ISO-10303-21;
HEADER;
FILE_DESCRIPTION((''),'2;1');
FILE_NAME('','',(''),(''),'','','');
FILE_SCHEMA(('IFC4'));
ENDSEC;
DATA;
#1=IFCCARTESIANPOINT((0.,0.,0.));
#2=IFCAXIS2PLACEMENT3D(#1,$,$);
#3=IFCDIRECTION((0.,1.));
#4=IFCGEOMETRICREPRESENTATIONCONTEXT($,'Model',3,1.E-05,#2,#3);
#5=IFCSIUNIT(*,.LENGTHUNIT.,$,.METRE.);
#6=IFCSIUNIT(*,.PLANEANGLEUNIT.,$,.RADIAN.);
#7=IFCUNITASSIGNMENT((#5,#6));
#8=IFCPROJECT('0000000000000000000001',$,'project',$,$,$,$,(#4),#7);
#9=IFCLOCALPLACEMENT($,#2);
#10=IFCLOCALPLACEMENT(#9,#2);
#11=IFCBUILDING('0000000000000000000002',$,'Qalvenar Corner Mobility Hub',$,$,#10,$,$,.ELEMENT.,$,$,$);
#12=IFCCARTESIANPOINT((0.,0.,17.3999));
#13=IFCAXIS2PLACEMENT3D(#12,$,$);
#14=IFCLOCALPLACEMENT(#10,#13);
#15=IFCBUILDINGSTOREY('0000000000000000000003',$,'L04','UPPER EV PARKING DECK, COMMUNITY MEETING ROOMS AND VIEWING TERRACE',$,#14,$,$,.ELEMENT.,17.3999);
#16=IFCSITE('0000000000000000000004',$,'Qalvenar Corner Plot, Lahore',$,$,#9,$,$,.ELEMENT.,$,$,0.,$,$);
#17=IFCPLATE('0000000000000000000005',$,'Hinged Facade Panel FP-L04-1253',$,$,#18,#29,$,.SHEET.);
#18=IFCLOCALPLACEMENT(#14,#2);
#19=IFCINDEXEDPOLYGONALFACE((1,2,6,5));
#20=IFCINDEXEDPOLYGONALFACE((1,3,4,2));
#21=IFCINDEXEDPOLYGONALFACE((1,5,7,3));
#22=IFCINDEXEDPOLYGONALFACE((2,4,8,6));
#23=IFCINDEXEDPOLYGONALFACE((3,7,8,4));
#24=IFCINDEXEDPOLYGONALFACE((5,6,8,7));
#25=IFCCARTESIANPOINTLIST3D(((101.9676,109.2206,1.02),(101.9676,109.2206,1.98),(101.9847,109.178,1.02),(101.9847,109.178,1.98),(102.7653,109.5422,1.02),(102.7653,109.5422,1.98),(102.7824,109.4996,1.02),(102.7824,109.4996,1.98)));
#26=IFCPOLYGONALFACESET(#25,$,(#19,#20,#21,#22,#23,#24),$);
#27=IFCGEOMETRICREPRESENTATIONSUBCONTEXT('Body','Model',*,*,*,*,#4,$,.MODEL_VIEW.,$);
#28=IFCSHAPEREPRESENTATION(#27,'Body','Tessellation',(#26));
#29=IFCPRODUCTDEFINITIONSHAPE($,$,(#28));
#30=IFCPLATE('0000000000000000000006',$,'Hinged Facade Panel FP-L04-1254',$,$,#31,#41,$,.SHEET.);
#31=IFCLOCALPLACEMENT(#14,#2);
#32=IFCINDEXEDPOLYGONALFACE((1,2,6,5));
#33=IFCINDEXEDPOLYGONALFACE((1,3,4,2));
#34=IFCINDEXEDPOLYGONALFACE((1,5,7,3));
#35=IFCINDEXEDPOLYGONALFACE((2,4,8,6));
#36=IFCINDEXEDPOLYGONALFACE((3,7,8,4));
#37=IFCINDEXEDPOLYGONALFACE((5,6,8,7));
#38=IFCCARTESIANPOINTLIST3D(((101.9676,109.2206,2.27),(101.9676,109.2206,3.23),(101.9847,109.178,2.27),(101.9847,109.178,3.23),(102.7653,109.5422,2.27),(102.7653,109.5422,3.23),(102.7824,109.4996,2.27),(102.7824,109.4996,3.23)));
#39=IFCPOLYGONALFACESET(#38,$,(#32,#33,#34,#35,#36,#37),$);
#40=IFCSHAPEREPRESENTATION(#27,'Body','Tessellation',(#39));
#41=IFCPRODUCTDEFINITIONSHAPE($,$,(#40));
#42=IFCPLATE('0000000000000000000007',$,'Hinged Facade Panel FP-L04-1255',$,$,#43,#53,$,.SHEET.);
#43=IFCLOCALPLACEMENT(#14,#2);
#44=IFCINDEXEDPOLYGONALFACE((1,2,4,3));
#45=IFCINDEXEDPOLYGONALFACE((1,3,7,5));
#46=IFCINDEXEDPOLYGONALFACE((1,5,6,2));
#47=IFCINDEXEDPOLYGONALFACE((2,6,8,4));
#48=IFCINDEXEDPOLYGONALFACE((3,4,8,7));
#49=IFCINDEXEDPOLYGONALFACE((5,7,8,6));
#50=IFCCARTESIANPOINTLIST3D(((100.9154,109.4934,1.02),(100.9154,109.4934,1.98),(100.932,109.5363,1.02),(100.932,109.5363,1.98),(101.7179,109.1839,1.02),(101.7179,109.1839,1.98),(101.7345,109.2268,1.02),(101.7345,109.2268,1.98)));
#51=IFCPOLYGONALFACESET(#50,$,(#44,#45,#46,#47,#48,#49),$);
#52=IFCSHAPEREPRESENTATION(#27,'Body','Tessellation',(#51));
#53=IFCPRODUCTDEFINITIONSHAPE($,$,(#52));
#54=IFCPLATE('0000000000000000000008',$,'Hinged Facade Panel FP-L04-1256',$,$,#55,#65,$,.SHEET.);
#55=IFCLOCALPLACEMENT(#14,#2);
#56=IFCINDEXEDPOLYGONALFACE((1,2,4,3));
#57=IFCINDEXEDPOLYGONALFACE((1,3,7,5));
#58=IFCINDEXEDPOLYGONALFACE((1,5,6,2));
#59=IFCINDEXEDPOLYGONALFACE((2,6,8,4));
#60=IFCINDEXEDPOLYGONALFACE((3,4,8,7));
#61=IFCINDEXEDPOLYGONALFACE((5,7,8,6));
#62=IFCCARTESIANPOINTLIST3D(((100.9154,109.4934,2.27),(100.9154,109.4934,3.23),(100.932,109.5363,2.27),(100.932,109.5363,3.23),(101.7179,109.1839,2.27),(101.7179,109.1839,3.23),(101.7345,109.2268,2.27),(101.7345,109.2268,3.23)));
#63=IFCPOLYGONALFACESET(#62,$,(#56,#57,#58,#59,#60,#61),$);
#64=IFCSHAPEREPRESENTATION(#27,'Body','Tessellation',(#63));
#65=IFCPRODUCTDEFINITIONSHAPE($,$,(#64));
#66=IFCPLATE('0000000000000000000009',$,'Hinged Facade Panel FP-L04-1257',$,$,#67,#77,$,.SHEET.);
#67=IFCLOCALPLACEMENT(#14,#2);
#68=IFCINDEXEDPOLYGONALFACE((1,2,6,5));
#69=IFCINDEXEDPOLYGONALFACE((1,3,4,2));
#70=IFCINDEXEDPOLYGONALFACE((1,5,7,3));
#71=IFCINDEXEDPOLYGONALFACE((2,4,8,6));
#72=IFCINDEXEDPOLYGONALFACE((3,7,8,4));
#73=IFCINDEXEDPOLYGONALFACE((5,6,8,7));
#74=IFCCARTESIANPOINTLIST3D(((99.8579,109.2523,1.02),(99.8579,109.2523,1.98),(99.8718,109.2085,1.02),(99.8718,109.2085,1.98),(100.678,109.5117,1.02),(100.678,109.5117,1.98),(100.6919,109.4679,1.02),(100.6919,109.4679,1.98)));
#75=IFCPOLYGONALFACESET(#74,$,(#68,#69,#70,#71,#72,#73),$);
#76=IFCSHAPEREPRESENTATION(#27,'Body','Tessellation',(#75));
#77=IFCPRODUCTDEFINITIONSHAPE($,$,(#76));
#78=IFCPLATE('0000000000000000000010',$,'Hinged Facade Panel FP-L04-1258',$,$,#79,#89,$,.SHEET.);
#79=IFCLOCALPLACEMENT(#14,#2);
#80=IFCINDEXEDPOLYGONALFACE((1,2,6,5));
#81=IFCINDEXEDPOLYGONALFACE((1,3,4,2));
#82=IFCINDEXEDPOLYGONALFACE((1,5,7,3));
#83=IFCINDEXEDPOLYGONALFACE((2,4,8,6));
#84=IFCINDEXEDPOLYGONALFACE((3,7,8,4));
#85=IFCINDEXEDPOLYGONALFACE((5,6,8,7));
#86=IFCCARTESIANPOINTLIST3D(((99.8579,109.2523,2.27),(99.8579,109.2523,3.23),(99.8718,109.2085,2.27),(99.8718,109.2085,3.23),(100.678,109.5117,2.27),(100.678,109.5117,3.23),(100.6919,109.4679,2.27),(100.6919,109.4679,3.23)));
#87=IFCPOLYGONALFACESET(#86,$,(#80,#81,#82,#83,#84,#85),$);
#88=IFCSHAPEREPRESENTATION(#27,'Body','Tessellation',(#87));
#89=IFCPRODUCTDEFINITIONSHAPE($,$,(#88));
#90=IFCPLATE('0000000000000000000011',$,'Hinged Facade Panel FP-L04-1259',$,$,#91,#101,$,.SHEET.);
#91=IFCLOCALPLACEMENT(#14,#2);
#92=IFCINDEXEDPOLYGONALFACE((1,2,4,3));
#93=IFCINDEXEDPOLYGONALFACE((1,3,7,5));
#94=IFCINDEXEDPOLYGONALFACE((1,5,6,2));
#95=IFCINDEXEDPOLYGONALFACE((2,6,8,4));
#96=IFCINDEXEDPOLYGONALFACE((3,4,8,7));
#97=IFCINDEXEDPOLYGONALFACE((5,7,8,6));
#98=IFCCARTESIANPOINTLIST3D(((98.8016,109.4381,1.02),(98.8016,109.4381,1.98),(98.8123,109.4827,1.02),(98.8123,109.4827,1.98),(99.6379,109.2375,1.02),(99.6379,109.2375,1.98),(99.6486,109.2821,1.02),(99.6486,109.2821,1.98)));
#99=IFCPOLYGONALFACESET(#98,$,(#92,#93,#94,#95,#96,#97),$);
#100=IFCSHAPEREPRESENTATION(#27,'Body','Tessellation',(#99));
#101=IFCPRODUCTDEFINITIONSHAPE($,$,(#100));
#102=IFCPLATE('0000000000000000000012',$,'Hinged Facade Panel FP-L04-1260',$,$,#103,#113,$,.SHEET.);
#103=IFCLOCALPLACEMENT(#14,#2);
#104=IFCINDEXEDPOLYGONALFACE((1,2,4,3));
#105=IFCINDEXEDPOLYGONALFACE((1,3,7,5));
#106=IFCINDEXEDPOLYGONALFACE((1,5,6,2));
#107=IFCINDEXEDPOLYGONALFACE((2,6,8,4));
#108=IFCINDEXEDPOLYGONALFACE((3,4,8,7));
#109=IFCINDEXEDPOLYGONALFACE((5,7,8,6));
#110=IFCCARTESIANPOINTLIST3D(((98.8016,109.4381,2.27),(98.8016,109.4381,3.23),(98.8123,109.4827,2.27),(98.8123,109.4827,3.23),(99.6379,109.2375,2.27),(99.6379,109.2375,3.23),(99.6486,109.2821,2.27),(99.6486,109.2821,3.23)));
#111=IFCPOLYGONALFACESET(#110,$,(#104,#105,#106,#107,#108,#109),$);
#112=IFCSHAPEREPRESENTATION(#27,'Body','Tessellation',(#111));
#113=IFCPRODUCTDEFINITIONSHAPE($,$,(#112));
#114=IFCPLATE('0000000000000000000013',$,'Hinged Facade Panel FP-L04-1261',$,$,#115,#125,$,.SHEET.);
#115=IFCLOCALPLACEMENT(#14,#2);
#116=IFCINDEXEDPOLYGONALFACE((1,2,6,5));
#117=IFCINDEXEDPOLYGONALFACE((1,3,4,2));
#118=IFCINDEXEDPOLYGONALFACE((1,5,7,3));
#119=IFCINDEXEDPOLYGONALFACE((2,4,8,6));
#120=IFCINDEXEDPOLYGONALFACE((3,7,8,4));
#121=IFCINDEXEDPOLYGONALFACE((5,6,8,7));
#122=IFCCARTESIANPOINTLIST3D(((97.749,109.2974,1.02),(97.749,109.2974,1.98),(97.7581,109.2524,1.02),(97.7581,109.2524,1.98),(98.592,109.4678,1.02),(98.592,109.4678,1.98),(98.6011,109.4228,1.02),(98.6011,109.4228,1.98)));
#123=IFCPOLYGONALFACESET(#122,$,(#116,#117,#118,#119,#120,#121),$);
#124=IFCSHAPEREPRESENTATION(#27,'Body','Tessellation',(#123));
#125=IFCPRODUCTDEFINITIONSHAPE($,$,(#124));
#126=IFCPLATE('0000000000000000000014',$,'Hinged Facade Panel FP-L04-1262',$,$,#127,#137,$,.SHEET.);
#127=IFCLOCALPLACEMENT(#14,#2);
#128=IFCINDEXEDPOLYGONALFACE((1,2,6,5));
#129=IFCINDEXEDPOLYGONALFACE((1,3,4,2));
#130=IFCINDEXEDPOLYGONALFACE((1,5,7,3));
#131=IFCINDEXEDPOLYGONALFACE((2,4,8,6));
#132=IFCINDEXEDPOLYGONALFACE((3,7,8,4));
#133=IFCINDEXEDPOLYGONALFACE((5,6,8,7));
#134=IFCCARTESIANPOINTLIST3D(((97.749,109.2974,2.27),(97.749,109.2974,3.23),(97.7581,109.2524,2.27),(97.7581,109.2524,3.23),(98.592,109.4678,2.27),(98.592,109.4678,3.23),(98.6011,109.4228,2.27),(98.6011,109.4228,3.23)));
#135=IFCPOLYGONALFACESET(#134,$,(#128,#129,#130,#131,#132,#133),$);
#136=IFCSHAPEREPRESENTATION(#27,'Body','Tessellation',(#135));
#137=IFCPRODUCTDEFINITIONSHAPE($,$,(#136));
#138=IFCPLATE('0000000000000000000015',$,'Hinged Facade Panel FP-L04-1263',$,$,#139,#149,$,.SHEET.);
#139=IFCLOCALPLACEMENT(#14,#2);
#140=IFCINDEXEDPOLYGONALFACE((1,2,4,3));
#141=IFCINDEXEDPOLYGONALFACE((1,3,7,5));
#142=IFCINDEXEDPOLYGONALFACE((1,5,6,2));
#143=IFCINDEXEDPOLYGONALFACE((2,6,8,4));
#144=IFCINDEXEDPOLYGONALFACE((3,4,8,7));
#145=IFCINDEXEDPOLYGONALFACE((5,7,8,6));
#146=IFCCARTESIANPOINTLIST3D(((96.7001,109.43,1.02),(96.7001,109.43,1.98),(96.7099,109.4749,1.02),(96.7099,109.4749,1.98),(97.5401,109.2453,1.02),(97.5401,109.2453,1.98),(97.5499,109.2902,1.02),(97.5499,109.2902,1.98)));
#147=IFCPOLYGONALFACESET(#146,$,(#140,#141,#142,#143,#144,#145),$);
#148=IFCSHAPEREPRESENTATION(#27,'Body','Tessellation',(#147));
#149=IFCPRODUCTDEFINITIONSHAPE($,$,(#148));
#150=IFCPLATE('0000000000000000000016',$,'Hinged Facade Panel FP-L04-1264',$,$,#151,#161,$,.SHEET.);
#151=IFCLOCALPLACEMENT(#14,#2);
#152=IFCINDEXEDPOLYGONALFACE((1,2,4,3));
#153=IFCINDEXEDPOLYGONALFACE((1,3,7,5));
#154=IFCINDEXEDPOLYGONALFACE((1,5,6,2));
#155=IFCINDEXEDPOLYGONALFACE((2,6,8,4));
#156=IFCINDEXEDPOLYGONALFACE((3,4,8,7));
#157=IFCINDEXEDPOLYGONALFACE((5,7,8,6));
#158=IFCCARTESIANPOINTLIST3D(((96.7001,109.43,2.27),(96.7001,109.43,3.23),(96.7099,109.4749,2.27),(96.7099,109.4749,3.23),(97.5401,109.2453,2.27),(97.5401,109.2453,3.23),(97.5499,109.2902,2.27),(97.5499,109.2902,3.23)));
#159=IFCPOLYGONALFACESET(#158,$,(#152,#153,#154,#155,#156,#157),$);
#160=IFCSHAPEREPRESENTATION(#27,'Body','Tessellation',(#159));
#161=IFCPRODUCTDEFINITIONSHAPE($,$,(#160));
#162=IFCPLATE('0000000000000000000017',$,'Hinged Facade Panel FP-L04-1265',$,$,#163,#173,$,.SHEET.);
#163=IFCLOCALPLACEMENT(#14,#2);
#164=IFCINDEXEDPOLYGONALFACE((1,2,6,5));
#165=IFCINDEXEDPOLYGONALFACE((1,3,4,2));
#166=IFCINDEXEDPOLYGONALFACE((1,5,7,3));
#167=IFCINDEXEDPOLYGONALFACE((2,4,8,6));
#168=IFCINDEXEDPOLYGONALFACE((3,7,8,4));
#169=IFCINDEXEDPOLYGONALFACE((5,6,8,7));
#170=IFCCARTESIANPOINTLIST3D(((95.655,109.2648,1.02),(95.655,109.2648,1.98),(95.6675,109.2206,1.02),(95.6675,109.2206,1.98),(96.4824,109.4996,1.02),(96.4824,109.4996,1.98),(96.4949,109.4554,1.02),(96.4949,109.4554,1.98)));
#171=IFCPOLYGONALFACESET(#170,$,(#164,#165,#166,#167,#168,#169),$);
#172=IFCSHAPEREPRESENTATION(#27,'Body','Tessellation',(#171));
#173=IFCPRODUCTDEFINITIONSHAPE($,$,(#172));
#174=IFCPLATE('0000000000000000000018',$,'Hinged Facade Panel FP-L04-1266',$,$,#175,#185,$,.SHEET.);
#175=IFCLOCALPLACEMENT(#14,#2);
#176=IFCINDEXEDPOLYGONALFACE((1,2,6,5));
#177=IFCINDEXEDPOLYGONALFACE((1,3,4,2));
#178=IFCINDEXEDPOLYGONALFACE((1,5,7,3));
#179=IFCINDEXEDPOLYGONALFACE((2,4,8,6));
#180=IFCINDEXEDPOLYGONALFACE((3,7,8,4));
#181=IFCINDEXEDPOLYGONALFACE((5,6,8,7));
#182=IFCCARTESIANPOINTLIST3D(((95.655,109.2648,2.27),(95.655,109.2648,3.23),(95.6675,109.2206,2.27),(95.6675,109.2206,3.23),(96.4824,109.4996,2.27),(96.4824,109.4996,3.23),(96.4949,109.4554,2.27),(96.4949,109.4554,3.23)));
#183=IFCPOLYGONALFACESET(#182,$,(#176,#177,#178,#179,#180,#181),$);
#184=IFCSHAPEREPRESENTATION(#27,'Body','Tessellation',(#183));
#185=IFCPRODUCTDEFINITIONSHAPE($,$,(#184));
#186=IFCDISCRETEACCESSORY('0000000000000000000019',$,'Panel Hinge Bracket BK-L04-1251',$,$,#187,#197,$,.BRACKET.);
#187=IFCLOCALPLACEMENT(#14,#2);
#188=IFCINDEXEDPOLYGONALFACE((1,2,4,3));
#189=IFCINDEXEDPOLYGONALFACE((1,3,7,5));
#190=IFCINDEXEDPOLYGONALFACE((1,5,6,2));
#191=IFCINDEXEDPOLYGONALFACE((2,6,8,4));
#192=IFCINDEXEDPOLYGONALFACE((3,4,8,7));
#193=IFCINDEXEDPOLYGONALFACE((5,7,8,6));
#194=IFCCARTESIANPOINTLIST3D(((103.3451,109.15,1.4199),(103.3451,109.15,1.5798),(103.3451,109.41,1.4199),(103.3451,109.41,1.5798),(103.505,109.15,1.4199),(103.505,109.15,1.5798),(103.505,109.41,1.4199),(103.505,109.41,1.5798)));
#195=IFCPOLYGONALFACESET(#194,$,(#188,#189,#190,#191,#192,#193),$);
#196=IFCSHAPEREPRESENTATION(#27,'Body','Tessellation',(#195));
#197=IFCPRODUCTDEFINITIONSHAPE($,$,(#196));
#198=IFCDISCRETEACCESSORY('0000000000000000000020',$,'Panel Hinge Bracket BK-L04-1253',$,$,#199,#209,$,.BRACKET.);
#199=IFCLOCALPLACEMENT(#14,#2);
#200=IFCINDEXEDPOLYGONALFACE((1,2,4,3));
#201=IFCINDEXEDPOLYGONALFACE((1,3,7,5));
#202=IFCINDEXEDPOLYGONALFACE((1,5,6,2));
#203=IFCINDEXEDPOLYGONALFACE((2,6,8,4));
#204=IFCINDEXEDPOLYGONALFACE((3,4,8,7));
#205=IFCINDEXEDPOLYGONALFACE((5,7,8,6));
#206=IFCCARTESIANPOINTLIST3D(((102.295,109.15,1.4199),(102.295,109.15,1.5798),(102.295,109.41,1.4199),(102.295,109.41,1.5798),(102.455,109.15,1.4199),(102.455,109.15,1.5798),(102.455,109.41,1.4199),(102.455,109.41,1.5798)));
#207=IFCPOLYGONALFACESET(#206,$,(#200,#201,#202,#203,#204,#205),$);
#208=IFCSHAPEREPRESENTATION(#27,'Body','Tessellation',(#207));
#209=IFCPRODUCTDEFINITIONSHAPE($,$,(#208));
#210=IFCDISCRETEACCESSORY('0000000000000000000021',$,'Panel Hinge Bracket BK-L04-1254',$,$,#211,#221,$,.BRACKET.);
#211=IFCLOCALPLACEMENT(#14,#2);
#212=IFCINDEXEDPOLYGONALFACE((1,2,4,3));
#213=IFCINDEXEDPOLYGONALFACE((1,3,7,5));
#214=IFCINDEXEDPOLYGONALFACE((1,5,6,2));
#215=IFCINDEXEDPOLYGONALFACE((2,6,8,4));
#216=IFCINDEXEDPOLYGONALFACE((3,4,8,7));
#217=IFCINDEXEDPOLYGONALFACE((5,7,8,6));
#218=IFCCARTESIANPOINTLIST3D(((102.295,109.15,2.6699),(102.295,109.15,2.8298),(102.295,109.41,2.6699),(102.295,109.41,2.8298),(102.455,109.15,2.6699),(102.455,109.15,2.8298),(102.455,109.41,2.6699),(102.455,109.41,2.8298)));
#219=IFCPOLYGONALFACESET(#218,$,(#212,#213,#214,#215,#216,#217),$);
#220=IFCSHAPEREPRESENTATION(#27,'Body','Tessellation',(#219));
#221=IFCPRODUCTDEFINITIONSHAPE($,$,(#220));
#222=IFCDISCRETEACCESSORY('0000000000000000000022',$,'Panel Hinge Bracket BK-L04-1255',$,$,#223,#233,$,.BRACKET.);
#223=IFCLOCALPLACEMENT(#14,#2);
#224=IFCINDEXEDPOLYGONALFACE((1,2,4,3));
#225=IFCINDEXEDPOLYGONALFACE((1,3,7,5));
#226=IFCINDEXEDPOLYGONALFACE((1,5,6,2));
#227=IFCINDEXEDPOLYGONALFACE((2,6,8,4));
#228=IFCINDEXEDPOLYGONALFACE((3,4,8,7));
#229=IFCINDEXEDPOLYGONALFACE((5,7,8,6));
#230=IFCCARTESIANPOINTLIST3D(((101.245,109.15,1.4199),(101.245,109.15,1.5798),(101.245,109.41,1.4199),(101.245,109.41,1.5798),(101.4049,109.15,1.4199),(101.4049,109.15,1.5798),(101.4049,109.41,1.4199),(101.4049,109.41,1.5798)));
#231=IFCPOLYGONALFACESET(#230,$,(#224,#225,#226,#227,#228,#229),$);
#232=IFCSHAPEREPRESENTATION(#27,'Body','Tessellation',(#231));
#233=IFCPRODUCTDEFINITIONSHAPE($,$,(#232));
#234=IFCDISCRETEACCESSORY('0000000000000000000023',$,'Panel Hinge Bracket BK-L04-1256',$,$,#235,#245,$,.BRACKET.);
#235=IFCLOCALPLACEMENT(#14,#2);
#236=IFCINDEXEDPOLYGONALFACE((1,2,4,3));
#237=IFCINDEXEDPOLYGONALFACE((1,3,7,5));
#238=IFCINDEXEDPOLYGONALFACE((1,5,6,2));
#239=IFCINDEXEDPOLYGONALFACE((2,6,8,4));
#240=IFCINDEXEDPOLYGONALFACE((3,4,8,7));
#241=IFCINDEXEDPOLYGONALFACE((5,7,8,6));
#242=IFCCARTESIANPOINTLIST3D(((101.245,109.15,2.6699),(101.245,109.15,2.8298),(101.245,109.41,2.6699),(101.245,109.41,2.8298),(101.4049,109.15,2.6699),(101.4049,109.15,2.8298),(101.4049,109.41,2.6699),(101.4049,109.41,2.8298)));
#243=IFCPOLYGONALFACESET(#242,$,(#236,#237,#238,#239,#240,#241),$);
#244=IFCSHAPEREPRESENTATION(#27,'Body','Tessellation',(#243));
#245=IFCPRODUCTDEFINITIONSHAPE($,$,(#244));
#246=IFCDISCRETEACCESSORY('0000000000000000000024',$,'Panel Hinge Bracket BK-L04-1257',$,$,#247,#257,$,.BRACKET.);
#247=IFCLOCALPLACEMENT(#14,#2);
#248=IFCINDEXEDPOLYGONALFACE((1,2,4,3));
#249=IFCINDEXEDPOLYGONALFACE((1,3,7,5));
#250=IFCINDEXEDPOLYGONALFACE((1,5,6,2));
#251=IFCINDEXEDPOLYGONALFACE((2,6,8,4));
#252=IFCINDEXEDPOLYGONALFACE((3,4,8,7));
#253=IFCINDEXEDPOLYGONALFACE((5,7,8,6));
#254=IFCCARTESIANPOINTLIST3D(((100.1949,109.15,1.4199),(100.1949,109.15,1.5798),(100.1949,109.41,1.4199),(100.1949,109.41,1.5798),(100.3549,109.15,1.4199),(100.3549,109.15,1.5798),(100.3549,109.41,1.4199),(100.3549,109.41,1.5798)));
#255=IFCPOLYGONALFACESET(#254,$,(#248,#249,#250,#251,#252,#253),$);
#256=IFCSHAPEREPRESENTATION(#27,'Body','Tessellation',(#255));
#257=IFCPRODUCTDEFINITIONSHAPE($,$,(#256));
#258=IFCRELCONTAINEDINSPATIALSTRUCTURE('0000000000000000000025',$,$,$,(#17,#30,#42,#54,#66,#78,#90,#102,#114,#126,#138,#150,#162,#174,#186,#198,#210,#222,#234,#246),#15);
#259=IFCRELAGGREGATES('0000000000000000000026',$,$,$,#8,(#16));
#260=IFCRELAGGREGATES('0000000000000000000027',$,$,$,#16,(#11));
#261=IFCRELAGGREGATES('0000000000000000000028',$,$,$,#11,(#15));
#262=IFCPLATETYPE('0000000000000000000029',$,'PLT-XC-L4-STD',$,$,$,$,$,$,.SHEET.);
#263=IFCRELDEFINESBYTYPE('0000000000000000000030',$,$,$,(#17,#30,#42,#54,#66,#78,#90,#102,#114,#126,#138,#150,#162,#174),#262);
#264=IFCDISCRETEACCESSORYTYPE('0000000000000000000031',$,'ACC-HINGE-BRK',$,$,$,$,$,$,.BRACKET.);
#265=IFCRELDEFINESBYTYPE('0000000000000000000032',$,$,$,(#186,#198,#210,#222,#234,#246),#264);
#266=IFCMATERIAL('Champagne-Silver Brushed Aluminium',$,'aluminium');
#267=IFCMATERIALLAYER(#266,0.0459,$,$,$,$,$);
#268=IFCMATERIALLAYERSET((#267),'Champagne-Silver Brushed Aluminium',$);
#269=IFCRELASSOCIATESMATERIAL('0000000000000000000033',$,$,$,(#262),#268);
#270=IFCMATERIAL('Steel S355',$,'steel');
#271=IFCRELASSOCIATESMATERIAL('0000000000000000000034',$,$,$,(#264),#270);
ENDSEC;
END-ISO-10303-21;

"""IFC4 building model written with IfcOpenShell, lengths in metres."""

from ifc_helpers import new_model, si_unit, direction, frame, origin, origin_2d, place, context, subcontext, project, spatial, rectangle, extrude, material, layer, layer_set, type_object, element, save


model = new_model("IFC4")

# Units and contexts
model_context = context("Model", 3, precision=1e-05, world=origin(), true_north=direction((0.0, 1.0)))
body_context = subcontext(model_context, "Body", "Model", "MODEL_VIEW")
ifc_project = project(units=[si_unit("LENGTHUNIT", "METRE"), si_unit("PLANEANGLEUNIT", "RADIAN")], contexts=[model_context])

# Site, building, storey
site_placement = place(None, origin())
site = spatial("IfcSite", under=ifc_project, at=site_placement, Name="Qalvenar Corner Plot, Lahore", CompositionType="ELEMENT", RefElevation=0.0)
building_placement = place(site_placement, origin())
building = spatial("IfcBuilding", under=site, at=building_placement, Name="Qalvenar Corner Mobility Hub", CompositionType="ELEMENT")
storey_placement = place(building_placement, frame((0.0, 0.0, 17.3999)))
storey = spatial("IfcBuildingStorey", under=building, at=storey_placement, Name="L04", Description="UPPER EV PARKING DECK, COMMUNITY MEETING ROOMS AND VIEWING TERRACE", CompositionType="ELEMENT", Elevation=17.3999)

# Plates
ifc_material_1 = material(Name="Champagne-Silver Brushed Aluminium", Category="aluminium")
ifc_layer = layer(ifc_material_1, 0.0459)
ifc_layer_set = layer_set([ifc_layer], Name="Champagne-Silver Brushed Aluminium")
plate_type = type_object("IfcPlateType", Name="PLT-XC-L4-STD", PredefinedType="SHEET", material=ifc_layer_set)
for number, where, z_axis, x_axis, name in (
    (1, (102.375, 109.3601, 1.02), (0.0, 0.0, 1.0), (-0.927445, -0.373959, 0.0), "Hinged Facade Panel FP-L04-1253"),
    (2, (102.375, 109.3601, 2.27), (0.0, 0.0, 1.0), (-0.927445, -0.373959, 0.0), "Hinged Facade Panel FP-L04-1254"),
    (3, (101.325, 109.3601, 1.02), (0.0, 0.0, 1.0), (-0.933016, 0.359834, 0.0), "Hinged Facade Panel FP-L04-1255"),
    (4, (101.325, 109.3601, 2.27), (0.0, 0.0, 1.0), (-0.933016, 0.359834, 0.0), "Hinged Facade Panel FP-L04-1256"),
    (5, (100.2749, 109.3601, 1.02), (0.0, 0.0, 1.0), (-0.953454, -0.301538, 0.0), "Hinged Facade Panel FP-L04-1257"),
    (6, (100.2749, 109.3601, 2.27), (0.0, 0.0, 1.0), (-0.953454, -0.301538, 0.0), "Hinged Facade Panel FP-L04-1258"),
    (7, (99.2251, 109.3601, 1.02), (0.0, 0.0, 1.0), (-0.972411, 0.233276, 0.0), "Hinged Facade Panel FP-L04-1259"),
    (8, (99.2251, 109.3601, 2.27), (0.0, 0.0, 1.0), (-0.972411, 0.233276, 0.0), "Hinged Facade Panel FP-L04-1260"),
    (9, (98.175, 109.3601, 1.02), (0.0, 0.0, 1.0), (-0.980168, -0.198171, 0.0), "Hinged Facade Panel FP-L04-1261"),
    (10, (98.175, 109.3601, 2.27), (0.0, 0.0, 1.0), (-0.980168, -0.198171, 0.0), "Hinged Facade Panel FP-L04-1262"),
    (11, (97.125, 109.3601, 1.02), (0.0, 0.0, 1.0), (-0.976672, 0.214735, 0.0), "Hinged Facade Panel FP-L04-1263"),
    (12, (97.125, 109.3601, 2.27), (0.0, 0.0, 1.0), (-0.976672, 0.214735, 0.0), "Hinged Facade Panel FP-L04-1264"),
    (13, (96.075, 109.3601, 1.02), (0.0, 0.0, 1.0), (-0.962028, -0.272952, 0.0), "Hinged Facade Panel FP-L04-1265"),
    (14, (96.075, 109.3601, 2.27), (0.0, 0.0, 1.0), (-0.962028, -0.272952, 0.0), "Hinged Facade Panel FP-L04-1266"),
):
    element("IfcPlate", number, at=place(storey_placement, frame(where, z_axis=z_axis, x_axis=x_axis)), inside=storey, type_object=plate_type, Name=name, PredefinedType="SHEET", context=body_context, shape_type="SweptSolid", body=[
        extrude(rectangle(XDim=0.8601, YDim=0.0459, at=origin_2d()), origin(), (0.0, 0.0, 1.0), 0.96),
    ])

# Discrete accessories
ifc_material_2 = material(Name="Steel S355", Category="steel")
discrete_accessory_type = type_object("IfcDiscreteAccessoryType", Name="ACC-HINGE-BRK", PredefinedType="BRACKET", material=ifc_material_2)
for number, where, z_axis, x_axis, name in (
    (15, (103.425, 109.28, 1.4199), (0.0, 0.0, 1.0), (-1.0, 0.0, 0.0), "Panel Hinge Bracket BK-L04-1251"),
    (16, (102.375, 109.28, 1.4199), (0.0, 0.0, 1.0), (-1.0, 0.0, 0.0), "Panel Hinge Bracket BK-L04-1253"),
    (17, (102.375, 109.28, 2.6699), (0.0, 0.0, 1.0), (-1.0, 0.0, 0.0), "Panel Hinge Bracket BK-L04-1254"),
    (18, (101.325, 109.28, 1.4199), (0.0, 0.0, 1.0), (-1.0, 0.0, 0.0), "Panel Hinge Bracket BK-L04-1255"),
    (19, (101.325, 109.28, 2.6699), (0.0, 0.0, 1.0), (-1.0, 0.0, 0.0), "Panel Hinge Bracket BK-L04-1256"),
    (20, (100.2749, 109.28, 1.4199), (0.0, 0.0, 1.0), (-1.0, 0.0, 0.0), "Panel Hinge Bracket BK-L04-1257"),
):
    element("IfcDiscreteAccessory", number, at=place(storey_placement, frame(where, z_axis=z_axis, x_axis=x_axis)), inside=storey, type_object=discrete_accessory_type, Name=name, PredefinedType="BRACKET", context=body_context, shape_type="SweptSolid", body=[
        extrude(rectangle(XDim=0.1599, YDim=0.26, at=origin_2d()), origin(), (0.0, 0.0, 1.0), 0.1599),
    ])

save(model, "model.ifc")
